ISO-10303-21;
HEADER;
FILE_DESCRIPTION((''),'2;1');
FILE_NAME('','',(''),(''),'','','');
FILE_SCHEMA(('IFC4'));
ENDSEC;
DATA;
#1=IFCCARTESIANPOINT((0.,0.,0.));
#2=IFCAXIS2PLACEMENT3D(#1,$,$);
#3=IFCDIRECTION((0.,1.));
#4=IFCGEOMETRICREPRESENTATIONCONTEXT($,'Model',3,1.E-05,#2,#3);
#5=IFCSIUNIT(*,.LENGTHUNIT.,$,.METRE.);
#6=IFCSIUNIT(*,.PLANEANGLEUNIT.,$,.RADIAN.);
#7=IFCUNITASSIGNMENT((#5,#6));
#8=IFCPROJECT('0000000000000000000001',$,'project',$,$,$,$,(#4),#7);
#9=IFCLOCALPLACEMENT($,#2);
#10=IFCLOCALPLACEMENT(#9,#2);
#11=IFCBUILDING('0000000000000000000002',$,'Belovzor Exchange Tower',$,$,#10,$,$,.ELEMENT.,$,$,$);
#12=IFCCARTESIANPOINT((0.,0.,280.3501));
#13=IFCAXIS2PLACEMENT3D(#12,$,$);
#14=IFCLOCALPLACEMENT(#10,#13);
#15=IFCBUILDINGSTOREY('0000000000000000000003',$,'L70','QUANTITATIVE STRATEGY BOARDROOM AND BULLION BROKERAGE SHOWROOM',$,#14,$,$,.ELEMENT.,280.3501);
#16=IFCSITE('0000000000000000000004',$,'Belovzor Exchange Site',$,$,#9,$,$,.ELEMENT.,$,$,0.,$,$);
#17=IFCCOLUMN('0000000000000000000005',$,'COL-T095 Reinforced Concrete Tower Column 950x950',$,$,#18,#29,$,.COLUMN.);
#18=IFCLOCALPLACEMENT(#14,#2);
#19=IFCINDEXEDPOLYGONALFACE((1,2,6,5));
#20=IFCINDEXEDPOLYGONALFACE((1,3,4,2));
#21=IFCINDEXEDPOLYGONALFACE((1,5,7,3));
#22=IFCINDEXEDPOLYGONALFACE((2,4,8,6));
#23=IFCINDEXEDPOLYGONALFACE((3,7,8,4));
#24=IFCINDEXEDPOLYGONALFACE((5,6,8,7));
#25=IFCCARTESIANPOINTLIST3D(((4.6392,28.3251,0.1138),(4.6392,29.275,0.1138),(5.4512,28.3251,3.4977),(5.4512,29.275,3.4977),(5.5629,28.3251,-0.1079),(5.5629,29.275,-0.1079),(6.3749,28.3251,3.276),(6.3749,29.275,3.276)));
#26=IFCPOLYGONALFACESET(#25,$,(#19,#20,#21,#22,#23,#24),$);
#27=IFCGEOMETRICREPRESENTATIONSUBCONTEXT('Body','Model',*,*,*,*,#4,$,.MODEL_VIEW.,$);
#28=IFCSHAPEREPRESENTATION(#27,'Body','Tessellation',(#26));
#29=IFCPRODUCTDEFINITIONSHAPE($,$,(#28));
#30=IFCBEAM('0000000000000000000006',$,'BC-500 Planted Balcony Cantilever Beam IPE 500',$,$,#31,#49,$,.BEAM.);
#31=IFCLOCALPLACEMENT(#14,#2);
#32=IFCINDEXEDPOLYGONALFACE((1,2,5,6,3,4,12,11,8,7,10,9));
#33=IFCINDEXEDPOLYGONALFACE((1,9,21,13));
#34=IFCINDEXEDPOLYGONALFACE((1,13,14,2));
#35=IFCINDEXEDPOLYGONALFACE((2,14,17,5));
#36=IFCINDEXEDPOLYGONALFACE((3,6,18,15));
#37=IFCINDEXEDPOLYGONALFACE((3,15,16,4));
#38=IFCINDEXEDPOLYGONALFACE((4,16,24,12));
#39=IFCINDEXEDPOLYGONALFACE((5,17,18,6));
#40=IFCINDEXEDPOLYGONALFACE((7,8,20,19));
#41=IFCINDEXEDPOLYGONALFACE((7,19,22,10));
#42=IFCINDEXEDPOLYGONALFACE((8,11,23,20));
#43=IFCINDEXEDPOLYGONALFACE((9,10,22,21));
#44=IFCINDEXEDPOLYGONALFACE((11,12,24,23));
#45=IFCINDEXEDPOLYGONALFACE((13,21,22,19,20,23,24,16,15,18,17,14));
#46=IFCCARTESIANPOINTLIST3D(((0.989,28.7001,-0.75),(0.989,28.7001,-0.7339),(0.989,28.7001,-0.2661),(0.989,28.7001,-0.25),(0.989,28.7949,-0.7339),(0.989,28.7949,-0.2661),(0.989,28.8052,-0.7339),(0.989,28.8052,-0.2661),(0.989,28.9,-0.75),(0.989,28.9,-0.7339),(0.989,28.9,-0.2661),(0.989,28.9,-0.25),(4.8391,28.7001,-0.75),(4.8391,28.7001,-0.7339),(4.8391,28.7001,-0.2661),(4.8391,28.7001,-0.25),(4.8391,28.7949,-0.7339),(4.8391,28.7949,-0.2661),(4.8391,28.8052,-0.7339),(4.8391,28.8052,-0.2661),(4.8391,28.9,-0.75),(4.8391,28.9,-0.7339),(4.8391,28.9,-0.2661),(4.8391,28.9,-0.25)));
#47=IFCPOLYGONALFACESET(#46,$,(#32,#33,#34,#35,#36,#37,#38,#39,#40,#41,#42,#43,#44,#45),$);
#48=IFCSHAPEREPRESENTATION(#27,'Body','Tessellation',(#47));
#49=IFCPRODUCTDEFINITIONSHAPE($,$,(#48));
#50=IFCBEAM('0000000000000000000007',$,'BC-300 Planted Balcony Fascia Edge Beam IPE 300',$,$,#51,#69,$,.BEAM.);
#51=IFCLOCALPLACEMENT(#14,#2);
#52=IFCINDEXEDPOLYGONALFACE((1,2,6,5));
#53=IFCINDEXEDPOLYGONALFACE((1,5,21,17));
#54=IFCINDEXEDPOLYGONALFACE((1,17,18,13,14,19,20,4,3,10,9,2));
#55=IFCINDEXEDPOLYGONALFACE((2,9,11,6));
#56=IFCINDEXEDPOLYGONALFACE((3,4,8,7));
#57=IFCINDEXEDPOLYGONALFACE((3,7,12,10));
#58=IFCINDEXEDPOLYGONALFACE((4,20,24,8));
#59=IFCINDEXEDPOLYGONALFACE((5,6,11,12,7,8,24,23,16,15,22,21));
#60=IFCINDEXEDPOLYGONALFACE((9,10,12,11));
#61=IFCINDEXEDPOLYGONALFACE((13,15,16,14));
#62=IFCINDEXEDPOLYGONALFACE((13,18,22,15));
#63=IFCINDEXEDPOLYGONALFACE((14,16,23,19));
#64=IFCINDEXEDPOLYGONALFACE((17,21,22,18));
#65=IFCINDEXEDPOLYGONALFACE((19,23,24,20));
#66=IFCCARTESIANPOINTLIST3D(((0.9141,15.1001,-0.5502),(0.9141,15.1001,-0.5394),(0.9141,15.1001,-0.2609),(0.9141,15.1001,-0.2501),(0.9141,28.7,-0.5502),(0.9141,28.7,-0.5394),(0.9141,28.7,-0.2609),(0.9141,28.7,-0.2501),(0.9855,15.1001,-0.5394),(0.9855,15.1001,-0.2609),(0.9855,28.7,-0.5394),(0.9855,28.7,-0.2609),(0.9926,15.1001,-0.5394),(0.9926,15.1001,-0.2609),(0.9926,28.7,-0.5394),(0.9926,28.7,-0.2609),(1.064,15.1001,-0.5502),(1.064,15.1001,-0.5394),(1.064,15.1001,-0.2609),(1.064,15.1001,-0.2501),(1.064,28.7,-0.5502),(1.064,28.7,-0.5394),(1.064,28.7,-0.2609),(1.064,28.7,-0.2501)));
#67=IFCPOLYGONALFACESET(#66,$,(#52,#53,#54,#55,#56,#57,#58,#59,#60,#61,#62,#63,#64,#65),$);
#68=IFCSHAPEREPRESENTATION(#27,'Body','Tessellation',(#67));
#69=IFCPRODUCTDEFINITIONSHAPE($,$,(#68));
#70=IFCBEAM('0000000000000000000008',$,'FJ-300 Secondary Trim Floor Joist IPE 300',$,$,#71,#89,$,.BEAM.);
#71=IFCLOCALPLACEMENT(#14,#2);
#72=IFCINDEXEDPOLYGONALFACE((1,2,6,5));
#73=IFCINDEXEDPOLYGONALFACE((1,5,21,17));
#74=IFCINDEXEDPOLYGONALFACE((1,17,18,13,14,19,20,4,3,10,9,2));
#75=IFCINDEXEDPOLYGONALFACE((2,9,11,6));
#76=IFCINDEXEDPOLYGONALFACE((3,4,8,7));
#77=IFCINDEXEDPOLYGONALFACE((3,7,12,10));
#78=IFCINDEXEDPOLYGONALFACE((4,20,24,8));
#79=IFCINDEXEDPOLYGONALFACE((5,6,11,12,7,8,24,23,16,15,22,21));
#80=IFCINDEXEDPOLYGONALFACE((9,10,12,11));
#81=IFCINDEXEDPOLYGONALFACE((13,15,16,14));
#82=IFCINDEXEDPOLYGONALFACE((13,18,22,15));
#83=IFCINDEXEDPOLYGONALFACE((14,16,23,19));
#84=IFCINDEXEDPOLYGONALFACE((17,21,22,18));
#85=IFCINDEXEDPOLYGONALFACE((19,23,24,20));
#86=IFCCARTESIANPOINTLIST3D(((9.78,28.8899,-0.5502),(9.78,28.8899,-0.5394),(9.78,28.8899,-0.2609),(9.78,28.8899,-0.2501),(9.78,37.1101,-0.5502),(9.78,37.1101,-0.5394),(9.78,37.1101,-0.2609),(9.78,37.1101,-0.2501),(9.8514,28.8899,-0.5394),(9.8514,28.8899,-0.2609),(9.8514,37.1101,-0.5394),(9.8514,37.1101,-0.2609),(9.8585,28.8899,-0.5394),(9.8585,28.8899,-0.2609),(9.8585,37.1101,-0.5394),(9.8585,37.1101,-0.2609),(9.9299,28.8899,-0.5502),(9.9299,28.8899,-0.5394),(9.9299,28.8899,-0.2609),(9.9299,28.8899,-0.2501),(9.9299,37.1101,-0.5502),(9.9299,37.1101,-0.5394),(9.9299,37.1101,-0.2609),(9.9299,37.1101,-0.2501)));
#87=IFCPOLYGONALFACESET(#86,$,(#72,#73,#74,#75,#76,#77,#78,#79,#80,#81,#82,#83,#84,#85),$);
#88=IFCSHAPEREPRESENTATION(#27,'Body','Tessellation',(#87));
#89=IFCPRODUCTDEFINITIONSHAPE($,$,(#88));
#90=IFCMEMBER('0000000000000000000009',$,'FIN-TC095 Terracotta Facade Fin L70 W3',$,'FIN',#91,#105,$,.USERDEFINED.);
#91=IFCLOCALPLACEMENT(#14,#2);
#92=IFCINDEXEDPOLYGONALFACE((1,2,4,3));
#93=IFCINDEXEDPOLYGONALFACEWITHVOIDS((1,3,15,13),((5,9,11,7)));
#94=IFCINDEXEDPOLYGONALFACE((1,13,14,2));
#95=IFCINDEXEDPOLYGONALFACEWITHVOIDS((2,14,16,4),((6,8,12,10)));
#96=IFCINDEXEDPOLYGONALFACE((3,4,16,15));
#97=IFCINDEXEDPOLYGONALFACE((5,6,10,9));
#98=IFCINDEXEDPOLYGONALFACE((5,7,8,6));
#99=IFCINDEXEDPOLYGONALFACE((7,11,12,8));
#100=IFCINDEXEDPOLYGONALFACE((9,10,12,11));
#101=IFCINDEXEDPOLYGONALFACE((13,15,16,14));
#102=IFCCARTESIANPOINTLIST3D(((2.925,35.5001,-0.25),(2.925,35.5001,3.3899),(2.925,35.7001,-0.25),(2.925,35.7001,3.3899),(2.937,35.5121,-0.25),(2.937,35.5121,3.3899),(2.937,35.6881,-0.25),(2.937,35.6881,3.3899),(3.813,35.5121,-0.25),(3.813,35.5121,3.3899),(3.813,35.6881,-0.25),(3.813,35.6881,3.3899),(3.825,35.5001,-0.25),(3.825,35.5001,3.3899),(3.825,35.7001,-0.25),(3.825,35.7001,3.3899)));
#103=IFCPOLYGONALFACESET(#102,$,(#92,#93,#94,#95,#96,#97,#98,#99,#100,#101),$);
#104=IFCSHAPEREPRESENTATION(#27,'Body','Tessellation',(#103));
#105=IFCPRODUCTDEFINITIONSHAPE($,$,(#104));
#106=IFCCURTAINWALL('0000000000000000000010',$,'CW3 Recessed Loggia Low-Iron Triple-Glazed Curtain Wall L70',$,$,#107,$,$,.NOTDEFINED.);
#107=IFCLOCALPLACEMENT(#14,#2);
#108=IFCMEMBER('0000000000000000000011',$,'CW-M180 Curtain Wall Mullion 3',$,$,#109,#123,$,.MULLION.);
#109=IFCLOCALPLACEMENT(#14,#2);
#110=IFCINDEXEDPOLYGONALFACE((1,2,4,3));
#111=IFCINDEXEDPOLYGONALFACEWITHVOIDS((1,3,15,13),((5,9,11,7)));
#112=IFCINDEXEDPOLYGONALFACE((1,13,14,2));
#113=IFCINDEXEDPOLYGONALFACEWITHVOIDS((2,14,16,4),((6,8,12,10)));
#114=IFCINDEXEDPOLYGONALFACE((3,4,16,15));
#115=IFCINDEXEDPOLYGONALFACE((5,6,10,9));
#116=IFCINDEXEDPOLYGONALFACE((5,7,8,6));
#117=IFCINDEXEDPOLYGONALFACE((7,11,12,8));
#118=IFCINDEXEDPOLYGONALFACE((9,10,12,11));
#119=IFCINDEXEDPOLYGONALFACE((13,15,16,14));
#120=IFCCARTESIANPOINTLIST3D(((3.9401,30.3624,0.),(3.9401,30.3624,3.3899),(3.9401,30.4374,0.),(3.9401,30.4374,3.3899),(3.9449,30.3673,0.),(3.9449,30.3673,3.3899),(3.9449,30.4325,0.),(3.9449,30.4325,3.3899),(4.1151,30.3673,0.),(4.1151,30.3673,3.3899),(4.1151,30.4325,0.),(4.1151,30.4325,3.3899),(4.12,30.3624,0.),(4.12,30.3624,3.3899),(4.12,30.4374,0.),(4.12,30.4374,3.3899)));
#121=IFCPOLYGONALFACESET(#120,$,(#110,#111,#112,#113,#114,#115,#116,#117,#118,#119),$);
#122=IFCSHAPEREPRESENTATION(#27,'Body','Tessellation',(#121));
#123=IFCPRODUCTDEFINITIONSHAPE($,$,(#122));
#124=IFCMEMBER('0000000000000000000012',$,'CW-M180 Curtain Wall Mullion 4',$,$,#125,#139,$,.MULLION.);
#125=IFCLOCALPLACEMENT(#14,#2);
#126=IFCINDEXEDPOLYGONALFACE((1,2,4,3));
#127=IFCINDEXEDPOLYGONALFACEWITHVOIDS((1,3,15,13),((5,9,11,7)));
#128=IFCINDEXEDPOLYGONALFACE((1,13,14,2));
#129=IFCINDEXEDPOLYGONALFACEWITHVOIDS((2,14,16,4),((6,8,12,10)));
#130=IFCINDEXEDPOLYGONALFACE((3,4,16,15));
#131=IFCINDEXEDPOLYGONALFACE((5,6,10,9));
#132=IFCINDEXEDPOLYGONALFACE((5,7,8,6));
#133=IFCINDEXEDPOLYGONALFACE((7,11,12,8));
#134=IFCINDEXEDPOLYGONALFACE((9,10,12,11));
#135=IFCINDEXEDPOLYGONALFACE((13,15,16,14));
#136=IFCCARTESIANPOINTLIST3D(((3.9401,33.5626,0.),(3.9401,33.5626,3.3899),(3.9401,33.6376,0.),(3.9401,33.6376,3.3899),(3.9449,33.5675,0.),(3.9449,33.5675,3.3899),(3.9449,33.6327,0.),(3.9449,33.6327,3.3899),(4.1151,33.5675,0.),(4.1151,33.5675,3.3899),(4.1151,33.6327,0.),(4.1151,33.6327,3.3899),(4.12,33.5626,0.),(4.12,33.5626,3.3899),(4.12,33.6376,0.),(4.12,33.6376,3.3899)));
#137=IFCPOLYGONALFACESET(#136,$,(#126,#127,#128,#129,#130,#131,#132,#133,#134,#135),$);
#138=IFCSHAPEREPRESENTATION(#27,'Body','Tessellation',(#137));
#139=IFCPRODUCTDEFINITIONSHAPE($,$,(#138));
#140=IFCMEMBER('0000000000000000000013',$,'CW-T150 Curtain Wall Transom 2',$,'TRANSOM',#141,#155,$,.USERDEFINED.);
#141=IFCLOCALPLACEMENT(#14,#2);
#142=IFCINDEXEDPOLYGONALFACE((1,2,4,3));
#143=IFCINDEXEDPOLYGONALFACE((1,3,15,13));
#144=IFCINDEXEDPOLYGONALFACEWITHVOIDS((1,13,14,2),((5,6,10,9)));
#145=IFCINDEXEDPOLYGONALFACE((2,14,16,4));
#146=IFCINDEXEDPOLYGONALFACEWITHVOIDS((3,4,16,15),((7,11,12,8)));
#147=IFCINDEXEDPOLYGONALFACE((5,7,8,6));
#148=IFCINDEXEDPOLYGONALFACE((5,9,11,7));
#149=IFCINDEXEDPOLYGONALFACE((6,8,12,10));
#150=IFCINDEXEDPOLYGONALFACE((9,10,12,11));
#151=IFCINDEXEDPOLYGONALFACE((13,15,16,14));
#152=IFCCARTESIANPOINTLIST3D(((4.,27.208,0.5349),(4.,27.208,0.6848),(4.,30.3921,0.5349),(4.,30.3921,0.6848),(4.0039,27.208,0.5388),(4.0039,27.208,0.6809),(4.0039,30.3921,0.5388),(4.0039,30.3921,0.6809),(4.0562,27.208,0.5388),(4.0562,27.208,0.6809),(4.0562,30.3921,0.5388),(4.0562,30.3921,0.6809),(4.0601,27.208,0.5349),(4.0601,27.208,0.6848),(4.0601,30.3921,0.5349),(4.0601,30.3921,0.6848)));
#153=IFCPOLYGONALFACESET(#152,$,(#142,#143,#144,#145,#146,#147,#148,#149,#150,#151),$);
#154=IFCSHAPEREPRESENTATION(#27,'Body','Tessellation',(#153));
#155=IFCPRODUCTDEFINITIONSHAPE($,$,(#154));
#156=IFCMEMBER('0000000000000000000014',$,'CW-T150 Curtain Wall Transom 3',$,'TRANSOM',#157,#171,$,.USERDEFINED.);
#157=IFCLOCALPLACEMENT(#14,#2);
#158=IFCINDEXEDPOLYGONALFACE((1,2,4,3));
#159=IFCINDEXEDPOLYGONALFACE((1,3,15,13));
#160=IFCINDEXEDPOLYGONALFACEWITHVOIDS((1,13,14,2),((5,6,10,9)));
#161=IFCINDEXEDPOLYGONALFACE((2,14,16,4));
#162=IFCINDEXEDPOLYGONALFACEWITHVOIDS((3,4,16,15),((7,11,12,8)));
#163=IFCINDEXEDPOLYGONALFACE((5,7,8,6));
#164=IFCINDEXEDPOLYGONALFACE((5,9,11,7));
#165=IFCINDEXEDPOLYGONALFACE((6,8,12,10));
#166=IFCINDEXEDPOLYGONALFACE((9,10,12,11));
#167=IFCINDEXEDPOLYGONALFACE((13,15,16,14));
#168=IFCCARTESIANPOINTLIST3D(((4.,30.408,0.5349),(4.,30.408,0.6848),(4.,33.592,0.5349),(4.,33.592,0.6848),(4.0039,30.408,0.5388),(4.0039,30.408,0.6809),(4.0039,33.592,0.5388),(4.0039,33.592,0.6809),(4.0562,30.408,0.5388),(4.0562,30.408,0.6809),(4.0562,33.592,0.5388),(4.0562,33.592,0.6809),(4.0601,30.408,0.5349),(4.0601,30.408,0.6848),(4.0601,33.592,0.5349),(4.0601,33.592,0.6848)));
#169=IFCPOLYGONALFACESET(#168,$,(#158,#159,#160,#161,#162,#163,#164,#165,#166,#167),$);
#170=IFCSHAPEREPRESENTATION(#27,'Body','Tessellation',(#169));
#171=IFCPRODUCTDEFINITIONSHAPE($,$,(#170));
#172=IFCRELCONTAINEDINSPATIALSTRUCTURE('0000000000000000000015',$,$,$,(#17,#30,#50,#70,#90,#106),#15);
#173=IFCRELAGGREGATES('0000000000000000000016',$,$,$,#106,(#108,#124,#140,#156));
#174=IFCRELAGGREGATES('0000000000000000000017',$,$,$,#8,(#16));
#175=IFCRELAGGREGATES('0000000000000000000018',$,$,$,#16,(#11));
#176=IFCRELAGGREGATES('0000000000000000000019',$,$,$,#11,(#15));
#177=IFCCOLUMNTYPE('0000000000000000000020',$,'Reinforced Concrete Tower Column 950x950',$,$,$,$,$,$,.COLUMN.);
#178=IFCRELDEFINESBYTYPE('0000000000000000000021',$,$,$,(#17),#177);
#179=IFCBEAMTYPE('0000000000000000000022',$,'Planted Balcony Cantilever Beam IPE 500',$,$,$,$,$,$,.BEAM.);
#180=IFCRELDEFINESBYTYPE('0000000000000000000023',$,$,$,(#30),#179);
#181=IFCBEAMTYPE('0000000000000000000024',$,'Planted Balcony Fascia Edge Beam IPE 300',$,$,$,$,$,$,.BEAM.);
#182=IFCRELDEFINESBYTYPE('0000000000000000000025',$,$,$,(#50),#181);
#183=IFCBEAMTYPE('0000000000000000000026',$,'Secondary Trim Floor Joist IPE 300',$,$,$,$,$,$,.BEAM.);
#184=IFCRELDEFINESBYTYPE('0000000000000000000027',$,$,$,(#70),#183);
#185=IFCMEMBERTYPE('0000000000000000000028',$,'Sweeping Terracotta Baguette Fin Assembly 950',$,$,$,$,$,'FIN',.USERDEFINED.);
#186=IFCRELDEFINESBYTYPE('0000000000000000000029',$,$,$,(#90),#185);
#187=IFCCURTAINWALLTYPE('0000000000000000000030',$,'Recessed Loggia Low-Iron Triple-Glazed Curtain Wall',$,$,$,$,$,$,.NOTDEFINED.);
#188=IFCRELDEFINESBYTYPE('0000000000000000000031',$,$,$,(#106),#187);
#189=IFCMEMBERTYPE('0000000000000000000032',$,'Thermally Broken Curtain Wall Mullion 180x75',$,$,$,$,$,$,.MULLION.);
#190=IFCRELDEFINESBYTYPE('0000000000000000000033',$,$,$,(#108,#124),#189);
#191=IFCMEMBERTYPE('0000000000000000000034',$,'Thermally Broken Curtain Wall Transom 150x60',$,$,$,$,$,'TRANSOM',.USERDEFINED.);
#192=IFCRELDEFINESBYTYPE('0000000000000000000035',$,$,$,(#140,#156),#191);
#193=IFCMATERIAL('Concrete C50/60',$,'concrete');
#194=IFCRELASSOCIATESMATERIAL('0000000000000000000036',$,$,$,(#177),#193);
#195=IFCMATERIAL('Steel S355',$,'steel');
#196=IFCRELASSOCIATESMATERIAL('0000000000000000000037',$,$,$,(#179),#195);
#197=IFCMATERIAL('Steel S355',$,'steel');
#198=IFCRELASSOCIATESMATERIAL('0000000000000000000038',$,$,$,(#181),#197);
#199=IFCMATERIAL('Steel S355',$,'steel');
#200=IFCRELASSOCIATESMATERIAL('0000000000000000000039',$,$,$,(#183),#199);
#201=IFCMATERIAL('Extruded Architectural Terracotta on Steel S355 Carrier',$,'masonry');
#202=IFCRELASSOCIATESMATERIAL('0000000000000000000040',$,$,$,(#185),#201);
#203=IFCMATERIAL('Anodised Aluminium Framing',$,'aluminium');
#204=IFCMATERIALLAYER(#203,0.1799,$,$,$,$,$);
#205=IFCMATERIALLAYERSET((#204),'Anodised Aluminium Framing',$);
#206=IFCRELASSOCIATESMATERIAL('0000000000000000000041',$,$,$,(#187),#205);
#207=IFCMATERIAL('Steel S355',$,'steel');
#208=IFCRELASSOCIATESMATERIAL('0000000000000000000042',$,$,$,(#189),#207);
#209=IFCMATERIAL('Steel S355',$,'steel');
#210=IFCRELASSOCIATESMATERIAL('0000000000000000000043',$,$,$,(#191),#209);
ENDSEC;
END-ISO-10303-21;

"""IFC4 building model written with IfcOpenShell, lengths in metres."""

from ifc_helpers import new_model, si_unit, direction, frame, origin, origin_2d, place, context, subcontext, project, spatial, rectangle, hollow_rectangle, i_section, extrude, material, layer, layer_set, material_profile, profile_set, type_object, element, aggregate, save


model = new_model("IFC4")

# Units and contexts
model_context = context("Model", 3, precision=1e-05, world=origin(), true_north=direction((0.0, 1.0)))
body_context = subcontext(model_context, "Body", "Model", "MODEL_VIEW")
ifc_project = project(units=[si_unit("LENGTHUNIT", "METRE"), si_unit("PLANEANGLEUNIT", "RADIAN")], contexts=[model_context])

# Site, building, storey
site_placement = place(None, origin())
site = spatial("IfcSite", under=ifc_project, at=site_placement, Name="Belovzor Exchange Site", CompositionType="ELEMENT", RefElevation=0.0)
building_placement = place(site_placement, origin())
building = spatial("IfcBuilding", under=site, at=building_placement, Name="Belovzor Exchange Tower", CompositionType="ELEMENT")
storey_placement = place(building_placement, frame((0.0, 0.0, 280.3501)))
storey = spatial("IfcBuildingStorey", under=building, at=storey_placement, Name="L70", Description="QUANTITATIVE STRATEGY BOARDROOM AND BULLION BROKERAGE SHOWROOM", CompositionType="ELEMENT", Elevation=280.3501)

# Column
ifc_material_1 = material(Name="Concrete C50/60", Category="concrete")
ifc_material_profile_1 = material_profile(ifc_material_1, rectangle(XDim=0.95, YDim=0.95, at=origin_2d()))
ifc_profile_set_1 = profile_set([ifc_material_profile_1], Name="Concrete C50/60")
column_type = type_object("IfcColumnType", Name="Reinforced Concrete Tower Column 950x950", PredefinedType="COLUMN", material=ifc_profile_set_1)
column_placement = place(storey_placement, frame((5.1011, 28.8, 0.0029), z_axis=(0.23333, 0.0, 0.972397), x_axis=(0.0, 1.0, 0.0)))
element("IfcColumn", 1, at=column_placement, inside=storey, type_object=column_type, Name="COL-T095 Reinforced Concrete Tower Column 950x950", PredefinedType="COLUMN", context=body_context, shape_type="SweptSolid", body=[
    extrude(rectangle(XDim=0.95, YDim=0.95, at=origin_2d()), origin(), (0.0, 0.0, 1.0), 3.48),
])

# Beams
ifc_material_2 = material(Name="Steel S355", Category="steel")
ifc_material_profile_2 = material_profile(ifc_material_2, i_section(OverallWidth=0.2, OverallDepth=0.5, WebThickness=0.0103, FlangeThickness=0.0161, at=origin_2d()))
ifc_profile_set_2 = profile_set([ifc_material_profile_2], Name="Steel S355")
beam_type_1 = type_object("IfcBeamType", Name="Planted Balcony Cantilever Beam IPE 500", PredefinedType="BEAM", material=ifc_profile_set_2)
beam_1_placement = place(storey_placement, frame((4.8391, 28.8, -0.5), z_axis=(-1.0, 0.0, 0.0), x_axis=(0.0, -1.0, 0.0)))
element("IfcBeam", 2, at=beam_1_placement, inside=storey, type_object=beam_type_1, Name="BC-500 Planted Balcony Cantilever Beam IPE 500", PredefinedType="BEAM", context=body_context, shape_type="SweptSolid", body=[
    extrude(i_section(OverallWidth=0.2, OverallDepth=0.5, WebThickness=0.0103, FlangeThickness=0.0161, at=origin_2d()), origin(), (0.0, 0.0, 1.0), 3.8501),
])
ifc_material_3 = material(Name="Steel S355", Category="steel")
ifc_material_profile_3 = material_profile(ifc_material_3, i_section(OverallWidth=0.1499, OverallDepth=0.3, WebThickness=0.0071, FlangeThickness=0.0107, at=origin_2d()))
ifc_profile_set_3 = profile_set([ifc_material_profile_3], Name="Steel S355")
beam_type_2 = type_object("IfcBeamType", Name="Planted Balcony Fascia Edge Beam IPE 300", PredefinedType="BEAM", material=ifc_profile_set_3)
beam_2_placement = place(storey_placement, frame((0.989, 28.7, -0.4001), z_axis=(0.0, -1.0, 0.0), x_axis=(1.0, 0.0, 0.0)))
element("IfcBeam", 3, at=beam_2_placement, inside=storey, type_object=beam_type_2, Name="BC-300 Planted Balcony Fascia Edge Beam IPE 300", PredefinedType="BEAM", context=body_context, shape_type="SweptSolid", body=[
    extrude(i_section(OverallWidth=0.1499, OverallDepth=0.3, WebThickness=0.0071, FlangeThickness=0.0107, at=origin_2d()), origin(), (0.0, 0.0, 1.0), 13.5999),
])
ifc_material_4 = material(Name="Steel S355", Category="steel")
ifc_material_profile_4 = material_profile(ifc_material_4, i_section(OverallWidth=0.1499, OverallDepth=0.3, WebThickness=0.0071, FlangeThickness=0.0107, at=origin_2d()))
ifc_profile_set_4 = profile_set([ifc_material_profile_4], Name="Steel S355")
beam_type_3 = type_object("IfcBeamType", Name="Secondary Trim Floor Joist IPE 300", PredefinedType="BEAM", material=ifc_profile_set_4)
beam_3_placement = place(storey_placement, frame((9.855, 28.8899, -0.4001), z_axis=(0.0, 1.0, 0.0), x_axis=(-1.0, 0.0, 0.0)))
element("IfcBeam", 4, at=beam_3_placement, inside=storey, type_object=beam_type_3, Name="FJ-300 Secondary Trim Floor Joist IPE 300", PredefinedType="BEAM", context=body_context, shape_type="SweptSolid", body=[
    extrude(i_section(OverallWidth=0.1499, OverallDepth=0.3, WebThickness=0.0071, FlangeThickness=0.0107, at=origin_2d()), origin(), (0.0, 0.0, 1.0), 8.2202),
])

# Member
ifc_material_5 = material(Name="Extruded Architectural Terracotta on Steel S355 Carrier", Category="masonry")
ifc_material_profile_5 = material_profile(ifc_material_5, hollow_rectangle(XDim=0.2, YDim=0.8999, WallThickness=0.012, at=origin_2d()))
ifc_profile_set_5 = profile_set([ifc_material_profile_5], Name="Extruded Architectural Terracotta on Steel S355 Carrier")
member_type_1 = type_object("IfcMemberType", Name="Sweeping Terracotta Baguette Fin Assembly 950", ElementType="FIN", PredefinedType="USERDEFINED", material=ifc_profile_set_5)
member_1_placement = place(storey_placement, frame((3.375, 35.6001, -0.25), z_axis=(0.0, 0.0, 1.0), x_axis=(0.0, 1.0, 0.0)))
element("IfcMember", 5, at=member_1_placement, inside=storey, type_object=member_type_1, Name="FIN-TC095 Terracotta Facade Fin L70 W3", ObjectType="FIN", PredefinedType="USERDEFINED", context=body_context, shape_type="SweptSolid", body=[
    extrude(hollow_rectangle(XDim=0.2, YDim=0.8999, WallThickness=0.012, at=origin_2d()), origin(), (0.0, 0.0, 1.0), 3.6399),
])

# Curtain wall, members
ifc_material_6 = material(Name="Anodised Aluminium Framing", Category="aluminium")
ifc_layer_1 = layer(ifc_material_6, 0.1799)
ifc_layer_set_1 = layer_set([ifc_layer_1], Name="Anodised Aluminium Framing")
curtain_wall_type = type_object("IfcCurtainWallType", Name="Recessed Loggia Low-Iron Triple-Glazed Curtain Wall", PredefinedType="NOTDEFINED", material=ifc_layer_set_1)
curtain_wall_placement = place(storey_placement, origin())
curtain_wall = element("IfcCurtainWall", 6, at=curtain_wall_placement, inside=storey, type_object=curtain_wall_type, Name="CW3 Recessed Loggia Low-Iron Triple-Glazed Curtain Wall L70", PredefinedType="NOTDEFINED")
ifc_material_7 = material(Name="Steel S355", Category="steel")
ifc_material_profile_6 = material_profile(ifc_material_7, hollow_rectangle(XDim=0.075, YDim=0.1799, WallThickness=0.0049, at=origin_2d()))
ifc_profile_set_6 = profile_set([ifc_material_profile_6], Name="Steel S355")
member_type_2 = type_object("IfcMemberType", Name="Thermally Broken Curtain Wall Mullion 180x75", PredefinedType="MULLION", material=ifc_profile_set_6)
member_2_placement = place(storey_placement, frame((4.03, 30.3999, 0.0), z_axis=(0.0, 0.0, 1.0), x_axis=(0.0, 1.0, 0.0)))
member_2 = element("IfcMember", 7, at=member_2_placement, type_object=member_type_2, Name="CW-M180 Curtain Wall Mullion 3", PredefinedType="MULLION", context=body_context, shape_type="SweptSolid", body=[
    extrude(hollow_rectangle(XDim=0.075, YDim=0.1799, WallThickness=0.0049, at=origin_2d()), origin(), (0.0, 0.0, 1.0), 3.3899),
])
member_3_placement = place(storey_placement, frame((4.03, 33.6001, 0.0), z_axis=(0.0, 0.0, 1.0), x_axis=(0.0, 1.0, 0.0)))
member_3 = element("IfcMember", 8, at=member_3_placement, type_object=member_type_2, Name="CW-M180 Curtain Wall Mullion 4", PredefinedType="MULLION", context=body_context, shape_type="SweptSolid", body=[
    extrude(hollow_rectangle(XDim=0.075, YDim=0.1799, WallThickness=0.0049, at=origin_2d()), origin(), (0.0, 0.0, 1.0), 3.3899),
])
ifc_material_8 = material(Name="Steel S355", Category="steel")
ifc_material_profile_7 = material_profile(ifc_material_8, hollow_rectangle(XDim=0.0601, YDim=0.1499, WallThickness=0.0039, at=origin_2d()))
ifc_profile_set_7 = profile_set([ifc_material_profile_7], Name="Steel S355")
member_type_3 = type_object("IfcMemberType", Name="Thermally Broken Curtain Wall Transom 150x60", ElementType="TRANSOM", PredefinedType="USERDEFINED", material=ifc_profile_set_7)
member_4_placement = place(storey_placement, frame((4.03, 27.208, 0.6099), z_axis=(0.0, 1.0, 0.0), x_axis=(-1.0, 0.0, 0.0)))
member_4 = element("IfcMember", 9, at=member_4_placement, type_object=member_type_3, Name="CW-T150 Curtain Wall Transom 2", ObjectType="TRANSOM", PredefinedType="USERDEFINED", context=body_context, shape_type="SweptSolid", body=[
    extrude(hollow_rectangle(XDim=0.0601, YDim=0.1499, WallThickness=0.0039, at=origin_2d()), origin(), (0.0, 0.0, 1.0), 3.1841),
])
member_5_placement = place(storey_placement, frame((4.03, 30.408, 0.6099), z_axis=(0.0, 1.0, 0.0), x_axis=(-1.0, 0.0, 0.0)))
member_5 = element("IfcMember", 10, at=member_5_placement, type_object=member_type_3, Name="CW-T150 Curtain Wall Transom 3", ObjectType="TRANSOM", PredefinedType="USERDEFINED", context=body_context, shape_type="SweptSolid", body=[
    extrude(hollow_rectangle(XDim=0.0601, YDim=0.1499, WallThickness=0.0039, at=origin_2d()), origin(), (0.0, 0.0, 1.0), 3.1841),
])

aggregate(curtain_wall, [member_2, member_3, member_4, member_5])

save(model, "model.ifc")
